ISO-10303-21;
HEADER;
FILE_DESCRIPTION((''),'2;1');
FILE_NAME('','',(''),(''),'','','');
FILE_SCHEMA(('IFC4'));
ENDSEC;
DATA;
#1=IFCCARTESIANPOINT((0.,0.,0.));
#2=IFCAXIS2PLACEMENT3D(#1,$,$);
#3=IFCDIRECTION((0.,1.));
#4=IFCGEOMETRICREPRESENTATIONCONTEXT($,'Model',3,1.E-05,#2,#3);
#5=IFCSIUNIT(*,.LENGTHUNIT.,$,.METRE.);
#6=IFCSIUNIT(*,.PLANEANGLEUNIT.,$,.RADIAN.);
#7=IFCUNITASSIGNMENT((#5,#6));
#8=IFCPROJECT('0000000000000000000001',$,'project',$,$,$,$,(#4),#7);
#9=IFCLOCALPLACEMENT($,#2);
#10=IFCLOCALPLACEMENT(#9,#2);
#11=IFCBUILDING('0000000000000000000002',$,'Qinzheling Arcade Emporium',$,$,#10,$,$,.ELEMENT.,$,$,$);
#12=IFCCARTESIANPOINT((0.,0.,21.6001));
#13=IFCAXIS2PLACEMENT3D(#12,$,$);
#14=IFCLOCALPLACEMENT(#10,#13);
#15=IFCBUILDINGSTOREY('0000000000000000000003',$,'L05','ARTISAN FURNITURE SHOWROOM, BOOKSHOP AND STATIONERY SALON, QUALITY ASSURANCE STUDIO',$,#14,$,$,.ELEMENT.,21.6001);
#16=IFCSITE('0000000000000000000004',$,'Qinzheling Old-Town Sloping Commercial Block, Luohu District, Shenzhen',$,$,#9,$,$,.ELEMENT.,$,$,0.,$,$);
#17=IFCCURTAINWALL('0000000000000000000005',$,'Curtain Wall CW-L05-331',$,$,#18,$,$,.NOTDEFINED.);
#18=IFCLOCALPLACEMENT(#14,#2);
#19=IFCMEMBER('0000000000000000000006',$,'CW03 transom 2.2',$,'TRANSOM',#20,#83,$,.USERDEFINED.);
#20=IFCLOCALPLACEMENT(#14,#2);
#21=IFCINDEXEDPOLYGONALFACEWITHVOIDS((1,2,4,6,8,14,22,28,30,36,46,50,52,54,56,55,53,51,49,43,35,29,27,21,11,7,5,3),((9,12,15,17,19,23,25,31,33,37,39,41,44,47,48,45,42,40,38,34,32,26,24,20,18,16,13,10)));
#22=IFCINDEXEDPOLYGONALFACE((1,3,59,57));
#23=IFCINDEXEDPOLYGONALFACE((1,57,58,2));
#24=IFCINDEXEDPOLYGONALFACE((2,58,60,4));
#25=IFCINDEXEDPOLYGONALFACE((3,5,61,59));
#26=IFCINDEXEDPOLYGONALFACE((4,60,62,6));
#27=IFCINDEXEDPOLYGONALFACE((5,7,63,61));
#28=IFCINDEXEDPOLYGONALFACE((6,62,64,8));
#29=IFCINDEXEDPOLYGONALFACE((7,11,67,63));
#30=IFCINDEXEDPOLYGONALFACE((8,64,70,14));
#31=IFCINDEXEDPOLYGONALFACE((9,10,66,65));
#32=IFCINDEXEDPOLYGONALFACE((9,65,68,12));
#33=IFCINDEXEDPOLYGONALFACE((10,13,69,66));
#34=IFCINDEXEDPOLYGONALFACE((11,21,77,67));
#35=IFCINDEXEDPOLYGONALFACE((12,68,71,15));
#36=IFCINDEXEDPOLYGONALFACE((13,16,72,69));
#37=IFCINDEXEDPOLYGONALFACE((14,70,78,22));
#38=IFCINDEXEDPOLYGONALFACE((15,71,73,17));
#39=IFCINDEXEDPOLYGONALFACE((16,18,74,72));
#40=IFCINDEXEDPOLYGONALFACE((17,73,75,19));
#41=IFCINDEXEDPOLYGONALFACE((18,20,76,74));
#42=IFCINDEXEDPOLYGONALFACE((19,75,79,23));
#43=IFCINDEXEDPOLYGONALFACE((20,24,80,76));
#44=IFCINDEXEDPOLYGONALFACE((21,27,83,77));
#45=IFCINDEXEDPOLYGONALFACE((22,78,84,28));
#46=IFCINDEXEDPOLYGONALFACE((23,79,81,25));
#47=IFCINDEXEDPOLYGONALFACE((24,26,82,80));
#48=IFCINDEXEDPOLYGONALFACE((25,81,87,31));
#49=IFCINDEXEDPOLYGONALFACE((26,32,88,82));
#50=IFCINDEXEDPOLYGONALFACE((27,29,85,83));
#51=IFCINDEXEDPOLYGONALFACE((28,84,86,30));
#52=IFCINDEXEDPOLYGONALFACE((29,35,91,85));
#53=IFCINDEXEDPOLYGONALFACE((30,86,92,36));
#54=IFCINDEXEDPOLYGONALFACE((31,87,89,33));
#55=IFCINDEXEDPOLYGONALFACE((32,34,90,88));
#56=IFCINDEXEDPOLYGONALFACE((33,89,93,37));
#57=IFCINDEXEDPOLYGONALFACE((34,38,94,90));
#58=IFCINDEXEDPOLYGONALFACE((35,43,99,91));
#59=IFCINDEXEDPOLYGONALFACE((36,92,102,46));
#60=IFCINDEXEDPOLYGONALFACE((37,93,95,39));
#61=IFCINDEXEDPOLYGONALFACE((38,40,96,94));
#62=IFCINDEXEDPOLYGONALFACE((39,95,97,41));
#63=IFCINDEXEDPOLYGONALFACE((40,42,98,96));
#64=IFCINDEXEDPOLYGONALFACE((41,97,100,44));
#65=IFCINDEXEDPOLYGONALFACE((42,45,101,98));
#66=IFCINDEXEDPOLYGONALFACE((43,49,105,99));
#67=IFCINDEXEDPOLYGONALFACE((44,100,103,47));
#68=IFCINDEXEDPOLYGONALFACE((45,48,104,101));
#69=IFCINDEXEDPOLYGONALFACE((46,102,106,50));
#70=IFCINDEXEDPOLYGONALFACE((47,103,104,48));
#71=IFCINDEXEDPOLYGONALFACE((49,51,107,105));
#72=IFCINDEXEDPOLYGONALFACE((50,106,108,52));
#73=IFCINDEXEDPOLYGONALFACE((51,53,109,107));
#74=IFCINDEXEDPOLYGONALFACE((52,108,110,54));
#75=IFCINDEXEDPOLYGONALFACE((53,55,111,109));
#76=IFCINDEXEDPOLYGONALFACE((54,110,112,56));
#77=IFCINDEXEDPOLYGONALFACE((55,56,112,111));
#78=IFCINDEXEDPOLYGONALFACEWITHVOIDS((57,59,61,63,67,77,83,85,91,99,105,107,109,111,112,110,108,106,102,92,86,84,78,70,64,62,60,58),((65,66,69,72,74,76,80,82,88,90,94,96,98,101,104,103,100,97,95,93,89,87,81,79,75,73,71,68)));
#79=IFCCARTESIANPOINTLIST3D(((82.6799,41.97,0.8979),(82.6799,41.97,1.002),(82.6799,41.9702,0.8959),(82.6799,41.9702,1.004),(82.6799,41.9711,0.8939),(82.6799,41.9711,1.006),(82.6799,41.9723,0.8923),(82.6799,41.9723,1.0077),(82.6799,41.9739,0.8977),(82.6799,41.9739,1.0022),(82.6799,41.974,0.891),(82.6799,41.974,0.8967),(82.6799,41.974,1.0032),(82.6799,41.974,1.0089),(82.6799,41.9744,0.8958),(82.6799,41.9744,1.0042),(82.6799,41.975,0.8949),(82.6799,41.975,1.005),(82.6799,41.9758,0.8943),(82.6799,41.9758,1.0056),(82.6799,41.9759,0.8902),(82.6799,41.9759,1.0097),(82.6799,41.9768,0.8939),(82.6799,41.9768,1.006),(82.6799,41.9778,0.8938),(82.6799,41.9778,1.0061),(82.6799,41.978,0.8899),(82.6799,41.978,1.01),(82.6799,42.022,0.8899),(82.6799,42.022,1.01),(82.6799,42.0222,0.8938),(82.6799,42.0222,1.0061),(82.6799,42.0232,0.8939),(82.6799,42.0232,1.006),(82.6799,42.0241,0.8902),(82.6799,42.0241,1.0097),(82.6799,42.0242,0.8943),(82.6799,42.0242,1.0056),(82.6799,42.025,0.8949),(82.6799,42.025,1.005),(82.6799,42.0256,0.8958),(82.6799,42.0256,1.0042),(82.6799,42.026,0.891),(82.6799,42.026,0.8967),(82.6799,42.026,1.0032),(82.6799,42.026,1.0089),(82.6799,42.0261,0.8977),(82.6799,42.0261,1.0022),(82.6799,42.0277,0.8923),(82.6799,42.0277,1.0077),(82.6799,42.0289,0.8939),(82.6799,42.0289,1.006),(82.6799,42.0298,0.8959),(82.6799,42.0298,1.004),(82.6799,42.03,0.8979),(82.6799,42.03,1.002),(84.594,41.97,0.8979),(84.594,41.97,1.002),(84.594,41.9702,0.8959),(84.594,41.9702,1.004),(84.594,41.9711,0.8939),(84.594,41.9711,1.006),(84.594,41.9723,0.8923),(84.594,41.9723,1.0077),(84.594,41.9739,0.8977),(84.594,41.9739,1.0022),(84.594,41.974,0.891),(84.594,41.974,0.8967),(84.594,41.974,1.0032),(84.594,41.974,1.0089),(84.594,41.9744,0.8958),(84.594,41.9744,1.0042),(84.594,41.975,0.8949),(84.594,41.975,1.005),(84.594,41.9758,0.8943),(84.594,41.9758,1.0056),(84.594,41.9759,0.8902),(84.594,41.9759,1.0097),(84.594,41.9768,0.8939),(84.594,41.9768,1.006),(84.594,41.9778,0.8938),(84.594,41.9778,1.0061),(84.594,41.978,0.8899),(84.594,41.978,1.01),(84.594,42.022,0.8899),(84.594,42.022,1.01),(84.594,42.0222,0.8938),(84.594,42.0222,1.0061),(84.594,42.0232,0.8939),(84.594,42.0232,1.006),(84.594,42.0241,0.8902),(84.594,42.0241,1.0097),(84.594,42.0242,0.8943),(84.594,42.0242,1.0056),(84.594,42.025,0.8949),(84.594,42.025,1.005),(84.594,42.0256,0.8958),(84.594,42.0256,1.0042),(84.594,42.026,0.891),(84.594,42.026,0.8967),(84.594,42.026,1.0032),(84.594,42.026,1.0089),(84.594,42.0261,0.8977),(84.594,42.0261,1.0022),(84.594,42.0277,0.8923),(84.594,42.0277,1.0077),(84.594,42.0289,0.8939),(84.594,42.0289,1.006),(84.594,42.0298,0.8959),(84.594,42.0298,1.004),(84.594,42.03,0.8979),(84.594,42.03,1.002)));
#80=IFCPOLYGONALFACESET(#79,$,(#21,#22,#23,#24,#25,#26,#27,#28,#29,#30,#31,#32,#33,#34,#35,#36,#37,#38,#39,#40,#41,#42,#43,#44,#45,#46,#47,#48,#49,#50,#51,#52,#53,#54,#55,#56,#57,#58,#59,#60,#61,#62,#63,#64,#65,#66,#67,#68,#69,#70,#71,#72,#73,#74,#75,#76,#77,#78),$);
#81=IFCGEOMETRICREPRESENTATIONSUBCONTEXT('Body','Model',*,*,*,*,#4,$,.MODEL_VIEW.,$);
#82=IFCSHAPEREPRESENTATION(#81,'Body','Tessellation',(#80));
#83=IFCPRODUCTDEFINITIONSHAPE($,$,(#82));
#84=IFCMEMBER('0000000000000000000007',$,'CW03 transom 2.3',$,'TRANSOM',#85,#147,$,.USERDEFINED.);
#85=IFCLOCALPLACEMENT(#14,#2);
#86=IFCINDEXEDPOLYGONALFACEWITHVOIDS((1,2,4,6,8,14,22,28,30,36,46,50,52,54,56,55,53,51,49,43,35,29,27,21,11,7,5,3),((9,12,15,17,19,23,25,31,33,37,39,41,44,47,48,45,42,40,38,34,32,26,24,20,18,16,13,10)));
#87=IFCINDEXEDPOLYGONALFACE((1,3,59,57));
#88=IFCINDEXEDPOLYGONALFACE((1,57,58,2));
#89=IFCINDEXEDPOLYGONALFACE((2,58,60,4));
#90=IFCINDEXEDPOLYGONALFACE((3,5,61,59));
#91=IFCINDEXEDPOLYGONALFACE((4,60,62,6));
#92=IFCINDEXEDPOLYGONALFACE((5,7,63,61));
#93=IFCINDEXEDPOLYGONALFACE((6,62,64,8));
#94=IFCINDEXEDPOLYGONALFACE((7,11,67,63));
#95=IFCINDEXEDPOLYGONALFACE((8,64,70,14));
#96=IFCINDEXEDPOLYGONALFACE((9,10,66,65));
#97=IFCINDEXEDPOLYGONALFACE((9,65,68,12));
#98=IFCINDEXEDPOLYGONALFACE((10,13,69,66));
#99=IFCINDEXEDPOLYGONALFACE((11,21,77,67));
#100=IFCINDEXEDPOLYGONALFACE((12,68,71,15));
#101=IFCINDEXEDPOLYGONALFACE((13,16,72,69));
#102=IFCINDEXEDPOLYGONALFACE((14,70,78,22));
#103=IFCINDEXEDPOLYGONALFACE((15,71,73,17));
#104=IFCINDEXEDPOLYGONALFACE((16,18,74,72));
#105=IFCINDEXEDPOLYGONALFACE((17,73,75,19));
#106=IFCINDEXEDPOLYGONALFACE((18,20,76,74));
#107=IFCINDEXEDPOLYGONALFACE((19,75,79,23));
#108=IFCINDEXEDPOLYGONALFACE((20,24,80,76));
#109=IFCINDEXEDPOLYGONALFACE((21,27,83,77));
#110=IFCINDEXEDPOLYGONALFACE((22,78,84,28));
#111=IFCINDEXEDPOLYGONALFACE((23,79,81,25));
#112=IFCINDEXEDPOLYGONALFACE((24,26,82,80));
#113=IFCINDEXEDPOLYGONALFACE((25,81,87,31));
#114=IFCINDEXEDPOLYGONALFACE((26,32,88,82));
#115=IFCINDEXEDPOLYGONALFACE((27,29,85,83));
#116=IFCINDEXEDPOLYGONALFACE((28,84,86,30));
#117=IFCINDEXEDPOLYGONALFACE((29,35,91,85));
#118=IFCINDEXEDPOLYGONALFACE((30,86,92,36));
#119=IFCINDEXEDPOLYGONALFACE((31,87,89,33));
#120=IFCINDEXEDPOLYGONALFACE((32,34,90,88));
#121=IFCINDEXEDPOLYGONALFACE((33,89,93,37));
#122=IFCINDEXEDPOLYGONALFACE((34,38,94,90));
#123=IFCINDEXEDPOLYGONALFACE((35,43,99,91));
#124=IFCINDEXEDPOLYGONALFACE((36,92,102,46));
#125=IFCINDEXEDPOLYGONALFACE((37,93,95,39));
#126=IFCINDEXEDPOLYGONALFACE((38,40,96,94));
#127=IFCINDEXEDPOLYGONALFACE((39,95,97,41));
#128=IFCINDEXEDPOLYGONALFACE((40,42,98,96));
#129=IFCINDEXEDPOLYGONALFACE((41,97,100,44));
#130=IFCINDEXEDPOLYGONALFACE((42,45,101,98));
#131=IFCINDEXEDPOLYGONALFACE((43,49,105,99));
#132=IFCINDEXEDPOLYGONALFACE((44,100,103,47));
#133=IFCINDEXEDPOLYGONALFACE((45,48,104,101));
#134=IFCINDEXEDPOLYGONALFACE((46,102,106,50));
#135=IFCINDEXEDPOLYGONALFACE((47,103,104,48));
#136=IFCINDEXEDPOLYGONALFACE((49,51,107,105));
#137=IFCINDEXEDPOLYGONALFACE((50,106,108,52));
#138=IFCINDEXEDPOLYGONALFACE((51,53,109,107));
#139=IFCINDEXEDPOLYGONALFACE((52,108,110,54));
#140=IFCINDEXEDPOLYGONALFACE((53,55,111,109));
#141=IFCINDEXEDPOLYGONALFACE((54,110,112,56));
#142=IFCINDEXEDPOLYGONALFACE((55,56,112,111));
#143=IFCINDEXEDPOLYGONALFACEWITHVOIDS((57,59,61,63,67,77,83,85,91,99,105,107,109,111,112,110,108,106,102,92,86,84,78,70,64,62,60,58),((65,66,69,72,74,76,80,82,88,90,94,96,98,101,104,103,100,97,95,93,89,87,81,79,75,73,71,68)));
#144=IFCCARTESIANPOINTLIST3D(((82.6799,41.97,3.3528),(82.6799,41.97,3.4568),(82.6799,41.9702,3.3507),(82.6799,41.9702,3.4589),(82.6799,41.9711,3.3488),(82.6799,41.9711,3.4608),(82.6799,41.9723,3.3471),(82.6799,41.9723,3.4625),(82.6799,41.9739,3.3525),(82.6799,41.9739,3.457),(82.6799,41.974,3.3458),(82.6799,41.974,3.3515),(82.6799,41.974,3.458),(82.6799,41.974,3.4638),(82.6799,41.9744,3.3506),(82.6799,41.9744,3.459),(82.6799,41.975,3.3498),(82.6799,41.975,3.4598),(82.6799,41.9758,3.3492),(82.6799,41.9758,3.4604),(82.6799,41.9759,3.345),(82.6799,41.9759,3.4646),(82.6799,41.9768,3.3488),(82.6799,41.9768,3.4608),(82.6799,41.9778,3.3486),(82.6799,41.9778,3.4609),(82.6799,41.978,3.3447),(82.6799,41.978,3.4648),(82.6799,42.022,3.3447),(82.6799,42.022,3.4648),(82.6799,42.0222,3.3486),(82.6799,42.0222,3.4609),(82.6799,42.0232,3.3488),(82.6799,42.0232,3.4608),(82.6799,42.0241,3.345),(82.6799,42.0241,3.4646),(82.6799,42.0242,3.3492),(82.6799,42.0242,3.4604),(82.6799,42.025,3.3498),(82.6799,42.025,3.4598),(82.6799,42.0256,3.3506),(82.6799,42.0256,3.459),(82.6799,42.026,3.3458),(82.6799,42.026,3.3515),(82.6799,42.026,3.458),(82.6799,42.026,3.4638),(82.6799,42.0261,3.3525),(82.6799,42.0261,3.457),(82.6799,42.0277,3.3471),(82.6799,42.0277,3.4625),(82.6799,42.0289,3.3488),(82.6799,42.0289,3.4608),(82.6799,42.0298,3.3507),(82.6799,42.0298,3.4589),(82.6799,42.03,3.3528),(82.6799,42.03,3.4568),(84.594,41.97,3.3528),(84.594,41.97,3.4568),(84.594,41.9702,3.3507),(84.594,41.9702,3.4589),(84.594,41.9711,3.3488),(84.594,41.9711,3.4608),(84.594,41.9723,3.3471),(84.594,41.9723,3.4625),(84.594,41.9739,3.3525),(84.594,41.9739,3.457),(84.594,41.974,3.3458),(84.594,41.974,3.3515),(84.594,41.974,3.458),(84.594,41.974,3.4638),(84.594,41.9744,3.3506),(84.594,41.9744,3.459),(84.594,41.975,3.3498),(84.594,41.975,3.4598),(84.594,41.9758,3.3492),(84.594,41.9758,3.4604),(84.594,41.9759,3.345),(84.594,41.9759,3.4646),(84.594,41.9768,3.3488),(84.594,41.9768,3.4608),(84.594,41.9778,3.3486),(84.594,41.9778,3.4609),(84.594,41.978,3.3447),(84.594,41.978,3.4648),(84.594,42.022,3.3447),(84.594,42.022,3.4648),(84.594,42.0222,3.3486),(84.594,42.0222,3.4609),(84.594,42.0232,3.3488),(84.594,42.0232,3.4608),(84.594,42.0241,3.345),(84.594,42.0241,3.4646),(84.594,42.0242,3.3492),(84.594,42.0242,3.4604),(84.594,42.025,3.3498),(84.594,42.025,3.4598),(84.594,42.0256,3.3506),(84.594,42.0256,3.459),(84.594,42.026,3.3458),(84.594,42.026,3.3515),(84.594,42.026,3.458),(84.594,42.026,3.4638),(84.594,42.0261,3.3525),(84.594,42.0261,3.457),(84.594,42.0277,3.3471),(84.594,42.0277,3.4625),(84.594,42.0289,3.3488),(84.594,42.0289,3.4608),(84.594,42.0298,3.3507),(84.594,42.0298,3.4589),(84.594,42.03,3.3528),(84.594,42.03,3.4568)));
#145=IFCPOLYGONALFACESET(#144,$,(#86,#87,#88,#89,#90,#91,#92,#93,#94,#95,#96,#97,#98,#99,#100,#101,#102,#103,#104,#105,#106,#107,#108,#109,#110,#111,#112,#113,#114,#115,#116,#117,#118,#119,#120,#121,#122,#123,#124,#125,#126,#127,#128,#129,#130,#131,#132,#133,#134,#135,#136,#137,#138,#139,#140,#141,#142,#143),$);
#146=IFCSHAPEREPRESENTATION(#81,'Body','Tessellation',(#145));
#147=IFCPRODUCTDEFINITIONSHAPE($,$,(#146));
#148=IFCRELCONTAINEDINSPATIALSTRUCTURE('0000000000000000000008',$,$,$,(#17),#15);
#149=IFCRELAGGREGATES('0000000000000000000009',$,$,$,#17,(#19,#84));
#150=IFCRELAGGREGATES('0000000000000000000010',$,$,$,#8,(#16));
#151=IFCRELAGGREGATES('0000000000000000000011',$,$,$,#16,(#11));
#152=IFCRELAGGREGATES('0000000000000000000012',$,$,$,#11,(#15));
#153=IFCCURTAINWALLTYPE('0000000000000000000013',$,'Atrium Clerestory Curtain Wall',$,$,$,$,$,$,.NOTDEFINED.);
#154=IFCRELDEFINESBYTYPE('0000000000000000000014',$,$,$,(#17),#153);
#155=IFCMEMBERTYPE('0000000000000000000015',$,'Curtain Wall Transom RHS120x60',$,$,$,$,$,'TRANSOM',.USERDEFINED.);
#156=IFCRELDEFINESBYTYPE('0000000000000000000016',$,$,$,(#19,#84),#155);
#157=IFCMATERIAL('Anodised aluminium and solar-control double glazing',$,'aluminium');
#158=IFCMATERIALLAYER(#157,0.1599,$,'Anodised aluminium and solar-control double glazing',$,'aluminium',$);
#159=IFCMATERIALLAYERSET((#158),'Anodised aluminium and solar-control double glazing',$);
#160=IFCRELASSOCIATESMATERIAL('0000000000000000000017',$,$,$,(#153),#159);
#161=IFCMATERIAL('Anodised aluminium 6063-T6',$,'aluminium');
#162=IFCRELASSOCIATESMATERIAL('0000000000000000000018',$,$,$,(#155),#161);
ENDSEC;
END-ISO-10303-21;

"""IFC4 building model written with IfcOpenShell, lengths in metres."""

from ifc_helpers import new_model, si_unit, direction, frame, origin, origin_2d, place, context, subcontext, project, spatial, hollow_rectangle, extrude, material, layer, layer_set, material_profile, profile_set, type_object, element, aggregate, save


model = new_model("IFC4")

# Units and contexts
model_context = context("Model", 3, precision=1e-05, world=origin(), true_north=direction((0.0, 1.0)))
body_context = subcontext(model_context, "Body", "Model", "MODEL_VIEW")
ifc_project = project(units=[si_unit("LENGTHUNIT", "METRE"), si_unit("PLANEANGLEUNIT", "RADIAN")], contexts=[model_context])

# Site, building, storey
site_placement = place(None, origin())
site = spatial("IfcSite", under=ifc_project, at=site_placement, Name="Qinzheling Old-Town Sloping Commercial Block, Luohu District, Shenzhen", CompositionType="ELEMENT", RefElevation=0.0)
building_placement = place(site_placement, origin())
building = spatial("IfcBuilding", under=site, at=building_placement, Name="Qinzheling Arcade Emporium", CompositionType="ELEMENT")
storey_placement = place(building_placement, frame((0.0, 0.0, 21.6001)))
storey = spatial("IfcBuildingStorey", under=building, at=storey_placement, Name="L05", Description="ARTISAN FURNITURE SHOWROOM, BOOKSHOP AND STATIONERY SALON, QUALITY ASSURANCE STUDIO", CompositionType="ELEMENT", Elevation=21.6001)

# Curtain wall
ifc_material_1 = material(Name="Anodised aluminium and solar-control double glazing", Category="aluminium")
ifc_layer_1 = layer(ifc_material_1, 0.1599, Name="Anodised aluminium and solar-control double glazing", Category="aluminium")
ifc_layer_set_1 = layer_set([ifc_layer_1], Name="Anodised aluminium and solar-control double glazing")
curtain_wall_type = type_object("IfcCurtainWallType", Name="Atrium Clerestory Curtain Wall", PredefinedType="NOTDEFINED", material=ifc_layer_set_1)
ifc_material_2 = material(Name="Anodised aluminium 6063-T6", Category="aluminium")
curtain_wall_1_placement = place(storey_placement, origin())
curtain_wall_1 = element("IfcCurtainWall", 1, at=curtain_wall_1_placement, inside=storey, type_object=curtain_wall_type, Name="Curtain Wall CW-L05-331", PredefinedType="NOTDEFINED")

# Members
ifc_material_profile_1 = material_profile(ifc_material_2, hollow_rectangle(XDim=0.0601, YDim=0.1201, WallThickness=0.0039, InnerFilletRadius=0.0039, OuterFilletRadius=0.0081, at=origin_2d()), Name="RHS 120x60x4", Category="aluminium")
ifc_profile_set_1 = profile_set([ifc_material_profile_1], Name="Anodised aluminium 6063-T6")
member_type_1 = type_object("IfcMemberType", Name="Curtain Wall Transom RHS120x60", ElementType="TRANSOM", PredefinedType="USERDEFINED", material=ifc_profile_set_1)
member_1_placement = place(storey_placement, frame((84.594, 42.0, 0.95), z_axis=(-1.0, 0.0, 0.0), x_axis=(0.0, -1.0, 0.0)))
member_1 = element("IfcMember", 2, at=member_1_placement, type_object=member_type_1, Name="CW03 transom 2.2", ObjectType="TRANSOM", PredefinedType="USERDEFINED", context=body_context, shape_type="SweptSolid", body=[
    extrude(hollow_rectangle(XDim=0.0601, YDim=0.1201, WallThickness=0.0039, InnerFilletRadius=0.0039, OuterFilletRadius=0.0081, at=origin_2d()), origin(), (0.0, 0.0, 1.0), 1.9141),
])
member_2_placement = place(storey_placement, frame((84.594, 42.0, 3.4048), z_axis=(-1.0, 0.0, 0.0), x_axis=(0.0, -1.0, 0.0)))
member_2 = element("IfcMember", 3, at=member_2_placement, type_object=member_type_1, Name="CW03 transom 2.3", ObjectType="TRANSOM", PredefinedType="USERDEFINED", context=body_context, shape_type="SweptSolid", body=[
    extrude(hollow_rectangle(XDim=0.0601, YDim=0.1201, WallThickness=0.0039, InnerFilletRadius=0.0039, OuterFilletRadius=0.0081, at=origin_2d()), origin(), (0.0, 0.0, 1.0), 1.9141),
])

aggregate(curtain_wall_1, [member_1, member_2])

save(model, "model.ifc")
